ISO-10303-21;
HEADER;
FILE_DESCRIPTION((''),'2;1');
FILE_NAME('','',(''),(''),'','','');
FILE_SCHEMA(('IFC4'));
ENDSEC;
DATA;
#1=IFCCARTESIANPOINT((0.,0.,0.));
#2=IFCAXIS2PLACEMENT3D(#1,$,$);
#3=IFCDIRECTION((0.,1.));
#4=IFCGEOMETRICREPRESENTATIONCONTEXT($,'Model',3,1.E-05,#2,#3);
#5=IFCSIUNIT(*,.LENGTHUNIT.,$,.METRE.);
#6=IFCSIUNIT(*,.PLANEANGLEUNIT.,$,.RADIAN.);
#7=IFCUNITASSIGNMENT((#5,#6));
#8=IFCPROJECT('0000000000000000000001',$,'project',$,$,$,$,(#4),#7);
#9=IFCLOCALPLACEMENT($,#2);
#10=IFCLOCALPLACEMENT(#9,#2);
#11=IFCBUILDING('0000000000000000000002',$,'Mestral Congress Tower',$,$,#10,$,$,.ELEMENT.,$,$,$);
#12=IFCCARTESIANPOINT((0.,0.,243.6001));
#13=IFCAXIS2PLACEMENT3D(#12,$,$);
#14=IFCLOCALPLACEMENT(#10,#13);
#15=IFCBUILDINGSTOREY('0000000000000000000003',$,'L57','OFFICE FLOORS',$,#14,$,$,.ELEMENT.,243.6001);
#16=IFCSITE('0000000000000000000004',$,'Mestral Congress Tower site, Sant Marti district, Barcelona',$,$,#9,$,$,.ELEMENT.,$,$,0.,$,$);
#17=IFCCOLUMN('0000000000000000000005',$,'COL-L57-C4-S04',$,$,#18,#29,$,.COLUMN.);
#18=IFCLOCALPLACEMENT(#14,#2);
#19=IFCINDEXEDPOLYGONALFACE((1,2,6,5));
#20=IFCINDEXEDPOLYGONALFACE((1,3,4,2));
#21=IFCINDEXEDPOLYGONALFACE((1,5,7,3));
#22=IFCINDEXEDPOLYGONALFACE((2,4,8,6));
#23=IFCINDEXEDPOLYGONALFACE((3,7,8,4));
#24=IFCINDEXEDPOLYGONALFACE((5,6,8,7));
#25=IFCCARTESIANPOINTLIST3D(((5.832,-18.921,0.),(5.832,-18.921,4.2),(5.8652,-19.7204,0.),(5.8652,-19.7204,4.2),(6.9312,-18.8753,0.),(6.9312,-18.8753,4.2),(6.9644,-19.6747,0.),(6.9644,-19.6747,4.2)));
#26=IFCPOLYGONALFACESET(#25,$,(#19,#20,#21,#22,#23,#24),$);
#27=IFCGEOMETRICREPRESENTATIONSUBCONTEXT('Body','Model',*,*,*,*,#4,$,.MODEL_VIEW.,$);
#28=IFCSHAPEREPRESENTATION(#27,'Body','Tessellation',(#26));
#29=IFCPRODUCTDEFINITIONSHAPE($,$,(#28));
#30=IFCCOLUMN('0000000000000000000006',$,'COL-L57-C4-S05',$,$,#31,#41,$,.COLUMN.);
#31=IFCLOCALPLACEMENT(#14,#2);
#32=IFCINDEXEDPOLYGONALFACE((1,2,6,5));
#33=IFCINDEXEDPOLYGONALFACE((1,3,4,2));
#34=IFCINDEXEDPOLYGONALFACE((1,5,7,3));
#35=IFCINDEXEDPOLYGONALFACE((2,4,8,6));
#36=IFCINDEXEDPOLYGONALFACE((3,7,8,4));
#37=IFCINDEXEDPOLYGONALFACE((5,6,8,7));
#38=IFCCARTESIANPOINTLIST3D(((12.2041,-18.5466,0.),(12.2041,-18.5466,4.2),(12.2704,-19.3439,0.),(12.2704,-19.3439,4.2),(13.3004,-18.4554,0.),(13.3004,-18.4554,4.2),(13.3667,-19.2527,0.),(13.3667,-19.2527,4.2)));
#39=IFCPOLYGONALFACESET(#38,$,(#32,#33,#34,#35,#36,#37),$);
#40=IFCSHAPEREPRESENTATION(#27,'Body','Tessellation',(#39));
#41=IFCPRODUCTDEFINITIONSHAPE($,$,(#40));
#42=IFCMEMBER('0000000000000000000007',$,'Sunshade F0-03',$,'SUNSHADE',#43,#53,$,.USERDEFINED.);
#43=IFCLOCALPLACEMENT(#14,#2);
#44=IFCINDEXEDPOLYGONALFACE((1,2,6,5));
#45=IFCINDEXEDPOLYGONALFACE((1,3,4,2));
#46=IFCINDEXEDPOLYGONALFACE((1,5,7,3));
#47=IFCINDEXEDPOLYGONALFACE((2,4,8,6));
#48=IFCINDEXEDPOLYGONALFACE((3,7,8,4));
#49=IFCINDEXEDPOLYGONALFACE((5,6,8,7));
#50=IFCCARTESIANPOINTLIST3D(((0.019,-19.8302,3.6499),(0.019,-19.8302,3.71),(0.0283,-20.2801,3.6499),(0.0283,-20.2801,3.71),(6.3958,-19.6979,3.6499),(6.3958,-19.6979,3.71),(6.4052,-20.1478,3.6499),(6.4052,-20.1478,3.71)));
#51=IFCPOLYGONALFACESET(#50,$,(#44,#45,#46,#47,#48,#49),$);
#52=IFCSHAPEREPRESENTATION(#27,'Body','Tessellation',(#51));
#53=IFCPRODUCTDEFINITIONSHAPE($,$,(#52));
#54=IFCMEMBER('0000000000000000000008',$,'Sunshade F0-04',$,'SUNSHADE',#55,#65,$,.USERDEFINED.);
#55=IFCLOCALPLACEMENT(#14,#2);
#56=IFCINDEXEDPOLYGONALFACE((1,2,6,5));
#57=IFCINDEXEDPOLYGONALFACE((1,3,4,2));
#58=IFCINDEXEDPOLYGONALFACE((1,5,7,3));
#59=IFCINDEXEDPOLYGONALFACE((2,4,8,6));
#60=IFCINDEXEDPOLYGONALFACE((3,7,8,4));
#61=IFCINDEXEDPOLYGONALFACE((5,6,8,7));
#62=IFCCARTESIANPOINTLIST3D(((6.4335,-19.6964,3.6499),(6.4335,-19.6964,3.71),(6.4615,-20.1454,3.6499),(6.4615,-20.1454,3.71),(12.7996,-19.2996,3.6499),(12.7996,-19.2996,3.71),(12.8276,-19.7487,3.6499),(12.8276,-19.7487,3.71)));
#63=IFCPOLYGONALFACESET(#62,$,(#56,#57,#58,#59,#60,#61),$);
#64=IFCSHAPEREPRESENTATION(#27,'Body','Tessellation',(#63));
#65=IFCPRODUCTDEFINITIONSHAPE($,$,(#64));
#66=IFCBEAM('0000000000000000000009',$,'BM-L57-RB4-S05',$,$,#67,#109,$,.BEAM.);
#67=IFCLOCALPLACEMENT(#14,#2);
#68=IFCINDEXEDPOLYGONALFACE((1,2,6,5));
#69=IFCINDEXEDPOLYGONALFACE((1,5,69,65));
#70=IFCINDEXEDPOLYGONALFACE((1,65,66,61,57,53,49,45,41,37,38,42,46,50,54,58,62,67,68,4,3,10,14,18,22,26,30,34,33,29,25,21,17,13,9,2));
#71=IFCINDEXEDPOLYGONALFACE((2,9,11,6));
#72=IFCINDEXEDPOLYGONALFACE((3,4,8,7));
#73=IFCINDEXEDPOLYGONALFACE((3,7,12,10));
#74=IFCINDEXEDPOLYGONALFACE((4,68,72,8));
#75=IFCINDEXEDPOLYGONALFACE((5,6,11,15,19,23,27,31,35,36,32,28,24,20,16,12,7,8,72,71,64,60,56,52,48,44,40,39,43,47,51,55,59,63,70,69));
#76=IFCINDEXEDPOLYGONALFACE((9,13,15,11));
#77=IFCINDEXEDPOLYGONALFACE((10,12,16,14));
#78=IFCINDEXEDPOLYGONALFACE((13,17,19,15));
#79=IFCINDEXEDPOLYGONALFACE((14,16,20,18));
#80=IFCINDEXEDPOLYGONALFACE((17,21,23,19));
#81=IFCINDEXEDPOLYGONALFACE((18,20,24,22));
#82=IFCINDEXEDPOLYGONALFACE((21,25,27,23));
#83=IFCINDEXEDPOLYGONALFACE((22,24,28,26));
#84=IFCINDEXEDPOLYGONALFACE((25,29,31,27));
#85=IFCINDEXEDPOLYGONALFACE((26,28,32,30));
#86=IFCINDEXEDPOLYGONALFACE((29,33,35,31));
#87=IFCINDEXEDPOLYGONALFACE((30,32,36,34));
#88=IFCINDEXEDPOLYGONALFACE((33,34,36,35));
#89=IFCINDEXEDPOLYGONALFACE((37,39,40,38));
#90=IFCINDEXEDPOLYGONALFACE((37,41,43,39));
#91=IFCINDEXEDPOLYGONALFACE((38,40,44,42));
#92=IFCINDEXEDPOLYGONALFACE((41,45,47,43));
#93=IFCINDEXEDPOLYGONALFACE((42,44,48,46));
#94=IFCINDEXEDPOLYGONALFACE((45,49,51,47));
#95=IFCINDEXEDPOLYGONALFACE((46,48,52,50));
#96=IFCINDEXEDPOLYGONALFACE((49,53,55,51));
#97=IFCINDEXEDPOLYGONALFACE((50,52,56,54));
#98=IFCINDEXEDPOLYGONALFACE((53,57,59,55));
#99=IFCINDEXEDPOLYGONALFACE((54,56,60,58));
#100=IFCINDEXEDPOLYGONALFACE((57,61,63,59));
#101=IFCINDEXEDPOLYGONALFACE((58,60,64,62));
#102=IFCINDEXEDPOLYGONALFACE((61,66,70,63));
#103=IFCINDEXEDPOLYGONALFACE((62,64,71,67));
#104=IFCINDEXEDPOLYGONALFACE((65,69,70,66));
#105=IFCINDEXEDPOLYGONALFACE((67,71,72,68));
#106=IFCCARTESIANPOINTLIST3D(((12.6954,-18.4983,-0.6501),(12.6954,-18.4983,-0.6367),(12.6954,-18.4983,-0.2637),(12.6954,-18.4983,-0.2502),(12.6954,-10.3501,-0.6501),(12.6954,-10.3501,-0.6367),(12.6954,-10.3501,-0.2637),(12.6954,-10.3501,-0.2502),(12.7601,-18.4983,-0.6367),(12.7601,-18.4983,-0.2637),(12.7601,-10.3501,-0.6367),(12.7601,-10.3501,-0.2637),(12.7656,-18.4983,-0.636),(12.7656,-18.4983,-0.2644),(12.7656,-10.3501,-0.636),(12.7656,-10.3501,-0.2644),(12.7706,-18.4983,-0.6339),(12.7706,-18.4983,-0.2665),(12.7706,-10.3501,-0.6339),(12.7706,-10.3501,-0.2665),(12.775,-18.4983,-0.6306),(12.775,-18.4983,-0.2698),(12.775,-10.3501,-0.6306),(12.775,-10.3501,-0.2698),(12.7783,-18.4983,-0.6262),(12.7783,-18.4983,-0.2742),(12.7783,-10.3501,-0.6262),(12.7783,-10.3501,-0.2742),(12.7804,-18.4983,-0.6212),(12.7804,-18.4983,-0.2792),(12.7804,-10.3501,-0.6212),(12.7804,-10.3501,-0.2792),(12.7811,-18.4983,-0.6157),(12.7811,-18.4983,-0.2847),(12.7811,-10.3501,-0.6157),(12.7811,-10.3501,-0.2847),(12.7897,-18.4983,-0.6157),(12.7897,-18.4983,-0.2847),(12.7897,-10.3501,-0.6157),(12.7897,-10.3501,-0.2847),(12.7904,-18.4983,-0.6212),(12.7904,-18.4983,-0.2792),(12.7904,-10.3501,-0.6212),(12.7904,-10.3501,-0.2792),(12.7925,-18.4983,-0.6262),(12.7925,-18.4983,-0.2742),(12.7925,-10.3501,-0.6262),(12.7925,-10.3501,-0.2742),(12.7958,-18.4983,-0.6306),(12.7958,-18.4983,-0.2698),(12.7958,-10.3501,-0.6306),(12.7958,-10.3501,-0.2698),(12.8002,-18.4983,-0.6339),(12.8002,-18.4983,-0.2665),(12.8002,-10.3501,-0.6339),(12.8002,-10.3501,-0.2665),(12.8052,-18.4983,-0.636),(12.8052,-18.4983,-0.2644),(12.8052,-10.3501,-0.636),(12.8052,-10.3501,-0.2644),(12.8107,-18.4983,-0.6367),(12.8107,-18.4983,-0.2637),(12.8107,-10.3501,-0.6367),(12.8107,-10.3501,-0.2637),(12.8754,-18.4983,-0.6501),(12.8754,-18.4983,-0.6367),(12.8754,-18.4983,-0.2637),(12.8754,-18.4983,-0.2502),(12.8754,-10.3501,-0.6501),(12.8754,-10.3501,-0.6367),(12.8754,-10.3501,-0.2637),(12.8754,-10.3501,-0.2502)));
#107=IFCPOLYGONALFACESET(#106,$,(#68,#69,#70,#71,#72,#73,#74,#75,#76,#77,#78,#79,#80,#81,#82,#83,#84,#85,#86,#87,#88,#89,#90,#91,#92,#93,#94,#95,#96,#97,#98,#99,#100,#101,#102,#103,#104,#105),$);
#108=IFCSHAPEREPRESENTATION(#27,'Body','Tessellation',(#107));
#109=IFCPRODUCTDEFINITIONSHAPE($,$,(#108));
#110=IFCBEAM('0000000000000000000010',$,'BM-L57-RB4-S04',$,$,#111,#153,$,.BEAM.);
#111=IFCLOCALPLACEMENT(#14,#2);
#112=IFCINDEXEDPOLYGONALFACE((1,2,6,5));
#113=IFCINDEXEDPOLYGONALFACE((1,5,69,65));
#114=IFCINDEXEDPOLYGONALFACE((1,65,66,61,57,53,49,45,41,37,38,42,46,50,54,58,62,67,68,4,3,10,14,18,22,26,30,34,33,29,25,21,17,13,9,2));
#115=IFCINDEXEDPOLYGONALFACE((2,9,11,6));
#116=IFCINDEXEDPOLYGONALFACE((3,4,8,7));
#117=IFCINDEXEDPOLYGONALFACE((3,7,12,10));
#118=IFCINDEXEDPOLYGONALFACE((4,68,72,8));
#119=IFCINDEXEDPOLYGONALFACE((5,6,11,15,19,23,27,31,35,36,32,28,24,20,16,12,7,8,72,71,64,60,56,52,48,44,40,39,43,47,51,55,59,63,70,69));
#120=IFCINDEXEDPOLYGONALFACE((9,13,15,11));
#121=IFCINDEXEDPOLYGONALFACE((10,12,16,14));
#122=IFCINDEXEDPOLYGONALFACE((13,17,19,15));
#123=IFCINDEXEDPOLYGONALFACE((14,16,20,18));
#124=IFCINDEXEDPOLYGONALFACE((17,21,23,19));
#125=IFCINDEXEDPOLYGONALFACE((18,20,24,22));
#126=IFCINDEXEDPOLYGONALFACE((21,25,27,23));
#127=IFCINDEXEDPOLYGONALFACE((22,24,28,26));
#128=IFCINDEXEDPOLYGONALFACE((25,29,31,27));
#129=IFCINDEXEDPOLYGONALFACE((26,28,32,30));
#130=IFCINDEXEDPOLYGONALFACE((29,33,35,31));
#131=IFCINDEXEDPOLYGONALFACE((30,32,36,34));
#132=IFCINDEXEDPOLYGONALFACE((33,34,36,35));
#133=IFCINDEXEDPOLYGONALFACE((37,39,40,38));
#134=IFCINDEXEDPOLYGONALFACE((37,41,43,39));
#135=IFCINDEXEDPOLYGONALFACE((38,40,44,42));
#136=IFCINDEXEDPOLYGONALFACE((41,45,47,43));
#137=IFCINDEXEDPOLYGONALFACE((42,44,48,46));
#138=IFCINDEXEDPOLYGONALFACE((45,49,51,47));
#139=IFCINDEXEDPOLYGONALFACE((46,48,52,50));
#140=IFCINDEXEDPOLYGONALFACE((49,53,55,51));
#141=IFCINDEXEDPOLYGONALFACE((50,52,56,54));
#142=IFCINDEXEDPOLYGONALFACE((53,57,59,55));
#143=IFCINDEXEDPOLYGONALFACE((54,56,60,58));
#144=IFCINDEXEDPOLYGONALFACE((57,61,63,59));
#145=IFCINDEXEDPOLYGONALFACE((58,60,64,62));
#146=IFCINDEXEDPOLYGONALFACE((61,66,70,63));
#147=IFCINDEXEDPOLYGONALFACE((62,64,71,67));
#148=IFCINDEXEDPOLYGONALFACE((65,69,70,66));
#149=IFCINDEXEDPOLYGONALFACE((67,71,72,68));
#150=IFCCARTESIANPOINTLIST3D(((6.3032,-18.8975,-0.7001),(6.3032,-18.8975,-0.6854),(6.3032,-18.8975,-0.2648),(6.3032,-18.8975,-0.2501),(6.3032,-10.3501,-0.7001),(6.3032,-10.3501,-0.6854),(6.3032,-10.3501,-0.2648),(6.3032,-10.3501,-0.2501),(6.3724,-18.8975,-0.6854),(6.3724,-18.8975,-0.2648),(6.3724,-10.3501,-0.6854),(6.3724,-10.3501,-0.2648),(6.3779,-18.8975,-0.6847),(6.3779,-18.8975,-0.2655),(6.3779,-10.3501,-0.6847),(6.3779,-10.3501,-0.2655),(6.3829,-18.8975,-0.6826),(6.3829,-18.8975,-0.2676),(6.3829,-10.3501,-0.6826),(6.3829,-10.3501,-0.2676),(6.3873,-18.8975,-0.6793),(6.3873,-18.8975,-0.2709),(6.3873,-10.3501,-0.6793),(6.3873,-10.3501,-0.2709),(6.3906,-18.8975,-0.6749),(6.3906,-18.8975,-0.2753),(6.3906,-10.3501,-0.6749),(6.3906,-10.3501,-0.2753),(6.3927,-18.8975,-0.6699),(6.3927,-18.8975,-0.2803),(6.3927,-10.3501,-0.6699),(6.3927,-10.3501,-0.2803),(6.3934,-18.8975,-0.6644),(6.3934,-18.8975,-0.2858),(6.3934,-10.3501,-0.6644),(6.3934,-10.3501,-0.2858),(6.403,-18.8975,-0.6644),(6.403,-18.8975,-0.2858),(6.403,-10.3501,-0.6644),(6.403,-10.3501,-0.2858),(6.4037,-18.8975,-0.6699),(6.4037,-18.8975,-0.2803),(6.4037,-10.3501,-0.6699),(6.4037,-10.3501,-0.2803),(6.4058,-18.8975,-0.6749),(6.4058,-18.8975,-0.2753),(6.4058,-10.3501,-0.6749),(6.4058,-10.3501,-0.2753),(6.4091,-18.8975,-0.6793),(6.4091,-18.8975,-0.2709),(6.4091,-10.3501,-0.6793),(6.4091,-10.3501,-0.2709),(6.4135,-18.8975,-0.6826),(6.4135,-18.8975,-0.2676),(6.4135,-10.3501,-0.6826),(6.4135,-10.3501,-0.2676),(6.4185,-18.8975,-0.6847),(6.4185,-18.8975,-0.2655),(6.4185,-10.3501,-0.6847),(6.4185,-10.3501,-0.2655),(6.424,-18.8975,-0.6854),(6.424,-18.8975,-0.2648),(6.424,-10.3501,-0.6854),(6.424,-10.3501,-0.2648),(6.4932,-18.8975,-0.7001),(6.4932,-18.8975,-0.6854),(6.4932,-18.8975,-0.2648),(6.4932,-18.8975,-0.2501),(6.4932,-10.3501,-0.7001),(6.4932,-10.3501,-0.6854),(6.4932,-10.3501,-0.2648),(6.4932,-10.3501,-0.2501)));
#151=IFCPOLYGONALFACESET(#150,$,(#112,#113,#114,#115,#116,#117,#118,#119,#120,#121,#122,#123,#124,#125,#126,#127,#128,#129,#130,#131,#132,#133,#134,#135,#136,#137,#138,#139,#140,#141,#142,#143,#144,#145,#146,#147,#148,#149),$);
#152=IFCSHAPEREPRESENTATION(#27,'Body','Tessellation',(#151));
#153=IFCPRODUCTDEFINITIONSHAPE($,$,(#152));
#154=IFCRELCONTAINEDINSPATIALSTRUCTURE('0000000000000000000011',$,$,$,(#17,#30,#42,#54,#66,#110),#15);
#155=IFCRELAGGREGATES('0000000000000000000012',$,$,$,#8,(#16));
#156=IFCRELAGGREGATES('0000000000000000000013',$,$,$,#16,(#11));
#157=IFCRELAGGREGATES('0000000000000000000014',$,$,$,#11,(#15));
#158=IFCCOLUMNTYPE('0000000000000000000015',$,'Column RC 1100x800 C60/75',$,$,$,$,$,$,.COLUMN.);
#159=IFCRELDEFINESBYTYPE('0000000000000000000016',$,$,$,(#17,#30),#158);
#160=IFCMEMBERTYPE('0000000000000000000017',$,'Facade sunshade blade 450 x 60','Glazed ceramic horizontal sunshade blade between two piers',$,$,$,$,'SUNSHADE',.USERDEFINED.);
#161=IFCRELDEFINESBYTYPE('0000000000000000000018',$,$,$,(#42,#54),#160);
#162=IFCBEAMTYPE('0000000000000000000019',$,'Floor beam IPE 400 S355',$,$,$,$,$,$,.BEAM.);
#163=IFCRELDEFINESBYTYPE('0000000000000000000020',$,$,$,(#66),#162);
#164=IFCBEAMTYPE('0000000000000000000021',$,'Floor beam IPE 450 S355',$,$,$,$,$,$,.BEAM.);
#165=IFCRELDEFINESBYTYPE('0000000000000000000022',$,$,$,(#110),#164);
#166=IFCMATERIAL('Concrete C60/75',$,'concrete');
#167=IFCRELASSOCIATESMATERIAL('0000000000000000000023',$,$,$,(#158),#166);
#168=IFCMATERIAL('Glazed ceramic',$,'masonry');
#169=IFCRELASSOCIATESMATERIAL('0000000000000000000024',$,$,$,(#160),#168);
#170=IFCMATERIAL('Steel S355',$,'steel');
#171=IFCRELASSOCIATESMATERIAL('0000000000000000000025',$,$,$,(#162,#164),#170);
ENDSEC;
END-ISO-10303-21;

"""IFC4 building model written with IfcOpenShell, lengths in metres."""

from ifc_helpers import new_model, si_unit, direction, frame, origin, origin_2d, place, context, subcontext, project, spatial, rectangle, i_section, extrude, material, material_profile, profile_set, type_object, element, save


model = new_model("IFC4")

# Units and contexts
model_context = context("Model", 3, precision=1e-05, world=origin(), true_north=direction((0.0, 1.0)))
body_context = subcontext(model_context, "Body", "Model", "MODEL_VIEW")
ifc_project = project(units=[si_unit("LENGTHUNIT", "METRE"), si_unit("PLANEANGLEUNIT", "RADIAN")], contexts=[model_context])

# Site, building, storey
site_placement = place(None, origin())
site = spatial("IfcSite", under=ifc_project, at=site_placement, Name="Mestral Congress Tower site, Sant Marti district, Barcelona", CompositionType="ELEMENT", RefElevation=0.0)
building_placement = place(site_placement, origin())
building = spatial("IfcBuilding", under=site, at=building_placement, Name="Mestral Congress Tower", CompositionType="ELEMENT")
storey_placement = place(building_placement, frame((0.0, 0.0, 243.6001)))
storey = spatial("IfcBuildingStorey", under=building, at=storey_placement, Name="L57", Description="OFFICE FLOORS", CompositionType="ELEMENT", Elevation=243.6001)

# Columns
ifc_material_1 = material(Name="Concrete C60/75", Category="concrete")
ifc_material_profile_1 = material_profile(ifc_material_1, rectangle(XDim=1.1001, YDim=0.8, at=origin_2d()), Name="RC 1100x800")
ifc_profile_set_1 = profile_set([ifc_material_profile_1], Name="Concrete C60/75")
column_type = type_object("IfcColumnType", Name="Column RC 1100x800 C60/75", PredefinedType="COLUMN", material=ifc_profile_set_1)
for number, where, z_axis, x_axis, name in (
    (1, (6.3982, -19.2979, 0.0), (0.0, 0.0, 1.0), (0.999139, 0.041492, 0.0), "COL-L57-C4-S04"),
    (2, (12.7854, -18.8997, 0.0), (0.0, 0.0, 1.0), (0.996557, 0.082914, 0.0), "COL-L57-C4-S05"),
):
    element("IfcColumn", number, at=place(storey_placement, frame(where, z_axis=z_axis, x_axis=x_axis)), inside=storey, type_object=column_type, Name=name, PredefinedType="COLUMN", context=body_context, shape_type="SweptSolid", body=[
        extrude(rectangle(XDim=1.1001, YDim=0.8, at=origin_2d()), origin(), (0.0, 0.0, 1.0), 4.2),
    ])

# Members
ifc_material_2 = material(Name="Glazed ceramic", Category="masonry")
ifc_material_profile_2 = material_profile(ifc_material_2, rectangle(XDim=0.45, YDim=0.0601, at=origin_2d()), Name="Ceramic blade 450 x 60")
ifc_profile_set_2 = profile_set([ifc_material_profile_2], Name="Glazed ceramic")
member_type = type_object("IfcMemberType", Name="Facade sunshade blade 450 x 60", Description="Glazed ceramic horizontal sunshade blade between two piers", ElementType="SUNSHADE", PredefinedType="USERDEFINED", material=ifc_profile_set_2)
member_1_placement = place(storey_placement, frame((0.0237, -20.0552, 3.6799), z_axis=(0.999785, 0.020747, 0.0), x_axis=(-0.020747, 0.999785, 0.0)))
element("IfcMember", 3, at=member_1_placement, inside=storey, type_object=member_type, Name="Sunshade F0-03", ObjectType="SUNSHADE", PredefinedType="USERDEFINED", context=body_context, shape_type="SweptSolid", body=[
    extrude(rectangle(XDim=0.45, YDim=0.0601, at=origin_2d()), origin(), (0.0, 0.0, 1.0), 6.3782),
])
member_2_placement = place(storey_placement, frame((6.4475, -19.9209, 3.6799), z_axis=(0.998064, 0.0622, 0.0), x_axis=(-0.0622, 0.998064, 0.0)))
element("IfcMember", 4, at=member_2_placement, inside=storey, type_object=member_type, Name="Sunshade F0-04", ObjectType="SUNSHADE", PredefinedType="USERDEFINED", context=body_context, shape_type="SweptSolid", body=[
    extrude(rectangle(XDim=0.45, YDim=0.0601, at=origin_2d()), origin(), (0.0, 0.0, 1.0), 6.3784),
])

# Beams
ifc_material_3 = material(Name="Steel S355", Category="steel")
ifc_material_profile_3 = material_profile(ifc_material_3, i_section(OverallWidth=0.1799, OverallDepth=0.3999, WebThickness=0.0085, FlangeThickness=0.0134, FilletRadius=0.021, at=origin_2d()), Name="IPE 400")
ifc_profile_set_3 = profile_set([ifc_material_profile_3], Name="Steel S355")
beam_type_1 = type_object("IfcBeamType", Name="Floor beam IPE 400 S355", PredefinedType="BEAM", material=ifc_profile_set_3)
beam_1_placement = place(storey_placement, frame((12.7854, -18.4983, -0.4502), z_axis=(0.0, 1.0, 0.0), x_axis=(-1.0, 0.0, 0.0)))
element("IfcBeam", 5, at=beam_1_placement, inside=storey, type_object=beam_type_1, Name="BM-L57-RB4-S05", PredefinedType="BEAM", context=body_context, shape_type="SweptSolid", body=[
    extrude(i_section(OverallWidth=0.1799, OverallDepth=0.3999, WebThickness=0.0085, FlangeThickness=0.0134, FilletRadius=0.021, at=origin_2d()), origin(), (0.0, 0.0, 1.0), 8.1482),
])
ifc_material_profile_4 = material_profile(ifc_material_3, i_section(OverallWidth=0.1899, OverallDepth=0.45, WebThickness=0.0095, FlangeThickness=0.0146, FilletRadius=0.021, at=origin_2d()), Name="IPE 450")
ifc_profile_set_4 = profile_set([ifc_material_profile_4], Name="Steel S355")
beam_type_2 = type_object("IfcBeamType", Name="Floor beam IPE 450 S355", PredefinedType="BEAM", material=ifc_profile_set_4)
beam_2_placement = place(storey_placement, frame((6.3982, -18.8975, -0.4751), z_axis=(0.0, 1.0, 0.0), x_axis=(-1.0, 0.0, 0.0)))
element("IfcBeam", 6, at=beam_2_placement, inside=storey, type_object=beam_type_2, Name="BM-L57-RB4-S04", PredefinedType="BEAM", context=body_context, shape_type="SweptSolid", body=[
    extrude(i_section(OverallWidth=0.1899, OverallDepth=0.45, WebThickness=0.0095, FlangeThickness=0.0146, FilletRadius=0.021, at=origin_2d()), origin(), (0.0, 0.0, 1.0), 8.5474),
])

save(model, "model.ifc")
